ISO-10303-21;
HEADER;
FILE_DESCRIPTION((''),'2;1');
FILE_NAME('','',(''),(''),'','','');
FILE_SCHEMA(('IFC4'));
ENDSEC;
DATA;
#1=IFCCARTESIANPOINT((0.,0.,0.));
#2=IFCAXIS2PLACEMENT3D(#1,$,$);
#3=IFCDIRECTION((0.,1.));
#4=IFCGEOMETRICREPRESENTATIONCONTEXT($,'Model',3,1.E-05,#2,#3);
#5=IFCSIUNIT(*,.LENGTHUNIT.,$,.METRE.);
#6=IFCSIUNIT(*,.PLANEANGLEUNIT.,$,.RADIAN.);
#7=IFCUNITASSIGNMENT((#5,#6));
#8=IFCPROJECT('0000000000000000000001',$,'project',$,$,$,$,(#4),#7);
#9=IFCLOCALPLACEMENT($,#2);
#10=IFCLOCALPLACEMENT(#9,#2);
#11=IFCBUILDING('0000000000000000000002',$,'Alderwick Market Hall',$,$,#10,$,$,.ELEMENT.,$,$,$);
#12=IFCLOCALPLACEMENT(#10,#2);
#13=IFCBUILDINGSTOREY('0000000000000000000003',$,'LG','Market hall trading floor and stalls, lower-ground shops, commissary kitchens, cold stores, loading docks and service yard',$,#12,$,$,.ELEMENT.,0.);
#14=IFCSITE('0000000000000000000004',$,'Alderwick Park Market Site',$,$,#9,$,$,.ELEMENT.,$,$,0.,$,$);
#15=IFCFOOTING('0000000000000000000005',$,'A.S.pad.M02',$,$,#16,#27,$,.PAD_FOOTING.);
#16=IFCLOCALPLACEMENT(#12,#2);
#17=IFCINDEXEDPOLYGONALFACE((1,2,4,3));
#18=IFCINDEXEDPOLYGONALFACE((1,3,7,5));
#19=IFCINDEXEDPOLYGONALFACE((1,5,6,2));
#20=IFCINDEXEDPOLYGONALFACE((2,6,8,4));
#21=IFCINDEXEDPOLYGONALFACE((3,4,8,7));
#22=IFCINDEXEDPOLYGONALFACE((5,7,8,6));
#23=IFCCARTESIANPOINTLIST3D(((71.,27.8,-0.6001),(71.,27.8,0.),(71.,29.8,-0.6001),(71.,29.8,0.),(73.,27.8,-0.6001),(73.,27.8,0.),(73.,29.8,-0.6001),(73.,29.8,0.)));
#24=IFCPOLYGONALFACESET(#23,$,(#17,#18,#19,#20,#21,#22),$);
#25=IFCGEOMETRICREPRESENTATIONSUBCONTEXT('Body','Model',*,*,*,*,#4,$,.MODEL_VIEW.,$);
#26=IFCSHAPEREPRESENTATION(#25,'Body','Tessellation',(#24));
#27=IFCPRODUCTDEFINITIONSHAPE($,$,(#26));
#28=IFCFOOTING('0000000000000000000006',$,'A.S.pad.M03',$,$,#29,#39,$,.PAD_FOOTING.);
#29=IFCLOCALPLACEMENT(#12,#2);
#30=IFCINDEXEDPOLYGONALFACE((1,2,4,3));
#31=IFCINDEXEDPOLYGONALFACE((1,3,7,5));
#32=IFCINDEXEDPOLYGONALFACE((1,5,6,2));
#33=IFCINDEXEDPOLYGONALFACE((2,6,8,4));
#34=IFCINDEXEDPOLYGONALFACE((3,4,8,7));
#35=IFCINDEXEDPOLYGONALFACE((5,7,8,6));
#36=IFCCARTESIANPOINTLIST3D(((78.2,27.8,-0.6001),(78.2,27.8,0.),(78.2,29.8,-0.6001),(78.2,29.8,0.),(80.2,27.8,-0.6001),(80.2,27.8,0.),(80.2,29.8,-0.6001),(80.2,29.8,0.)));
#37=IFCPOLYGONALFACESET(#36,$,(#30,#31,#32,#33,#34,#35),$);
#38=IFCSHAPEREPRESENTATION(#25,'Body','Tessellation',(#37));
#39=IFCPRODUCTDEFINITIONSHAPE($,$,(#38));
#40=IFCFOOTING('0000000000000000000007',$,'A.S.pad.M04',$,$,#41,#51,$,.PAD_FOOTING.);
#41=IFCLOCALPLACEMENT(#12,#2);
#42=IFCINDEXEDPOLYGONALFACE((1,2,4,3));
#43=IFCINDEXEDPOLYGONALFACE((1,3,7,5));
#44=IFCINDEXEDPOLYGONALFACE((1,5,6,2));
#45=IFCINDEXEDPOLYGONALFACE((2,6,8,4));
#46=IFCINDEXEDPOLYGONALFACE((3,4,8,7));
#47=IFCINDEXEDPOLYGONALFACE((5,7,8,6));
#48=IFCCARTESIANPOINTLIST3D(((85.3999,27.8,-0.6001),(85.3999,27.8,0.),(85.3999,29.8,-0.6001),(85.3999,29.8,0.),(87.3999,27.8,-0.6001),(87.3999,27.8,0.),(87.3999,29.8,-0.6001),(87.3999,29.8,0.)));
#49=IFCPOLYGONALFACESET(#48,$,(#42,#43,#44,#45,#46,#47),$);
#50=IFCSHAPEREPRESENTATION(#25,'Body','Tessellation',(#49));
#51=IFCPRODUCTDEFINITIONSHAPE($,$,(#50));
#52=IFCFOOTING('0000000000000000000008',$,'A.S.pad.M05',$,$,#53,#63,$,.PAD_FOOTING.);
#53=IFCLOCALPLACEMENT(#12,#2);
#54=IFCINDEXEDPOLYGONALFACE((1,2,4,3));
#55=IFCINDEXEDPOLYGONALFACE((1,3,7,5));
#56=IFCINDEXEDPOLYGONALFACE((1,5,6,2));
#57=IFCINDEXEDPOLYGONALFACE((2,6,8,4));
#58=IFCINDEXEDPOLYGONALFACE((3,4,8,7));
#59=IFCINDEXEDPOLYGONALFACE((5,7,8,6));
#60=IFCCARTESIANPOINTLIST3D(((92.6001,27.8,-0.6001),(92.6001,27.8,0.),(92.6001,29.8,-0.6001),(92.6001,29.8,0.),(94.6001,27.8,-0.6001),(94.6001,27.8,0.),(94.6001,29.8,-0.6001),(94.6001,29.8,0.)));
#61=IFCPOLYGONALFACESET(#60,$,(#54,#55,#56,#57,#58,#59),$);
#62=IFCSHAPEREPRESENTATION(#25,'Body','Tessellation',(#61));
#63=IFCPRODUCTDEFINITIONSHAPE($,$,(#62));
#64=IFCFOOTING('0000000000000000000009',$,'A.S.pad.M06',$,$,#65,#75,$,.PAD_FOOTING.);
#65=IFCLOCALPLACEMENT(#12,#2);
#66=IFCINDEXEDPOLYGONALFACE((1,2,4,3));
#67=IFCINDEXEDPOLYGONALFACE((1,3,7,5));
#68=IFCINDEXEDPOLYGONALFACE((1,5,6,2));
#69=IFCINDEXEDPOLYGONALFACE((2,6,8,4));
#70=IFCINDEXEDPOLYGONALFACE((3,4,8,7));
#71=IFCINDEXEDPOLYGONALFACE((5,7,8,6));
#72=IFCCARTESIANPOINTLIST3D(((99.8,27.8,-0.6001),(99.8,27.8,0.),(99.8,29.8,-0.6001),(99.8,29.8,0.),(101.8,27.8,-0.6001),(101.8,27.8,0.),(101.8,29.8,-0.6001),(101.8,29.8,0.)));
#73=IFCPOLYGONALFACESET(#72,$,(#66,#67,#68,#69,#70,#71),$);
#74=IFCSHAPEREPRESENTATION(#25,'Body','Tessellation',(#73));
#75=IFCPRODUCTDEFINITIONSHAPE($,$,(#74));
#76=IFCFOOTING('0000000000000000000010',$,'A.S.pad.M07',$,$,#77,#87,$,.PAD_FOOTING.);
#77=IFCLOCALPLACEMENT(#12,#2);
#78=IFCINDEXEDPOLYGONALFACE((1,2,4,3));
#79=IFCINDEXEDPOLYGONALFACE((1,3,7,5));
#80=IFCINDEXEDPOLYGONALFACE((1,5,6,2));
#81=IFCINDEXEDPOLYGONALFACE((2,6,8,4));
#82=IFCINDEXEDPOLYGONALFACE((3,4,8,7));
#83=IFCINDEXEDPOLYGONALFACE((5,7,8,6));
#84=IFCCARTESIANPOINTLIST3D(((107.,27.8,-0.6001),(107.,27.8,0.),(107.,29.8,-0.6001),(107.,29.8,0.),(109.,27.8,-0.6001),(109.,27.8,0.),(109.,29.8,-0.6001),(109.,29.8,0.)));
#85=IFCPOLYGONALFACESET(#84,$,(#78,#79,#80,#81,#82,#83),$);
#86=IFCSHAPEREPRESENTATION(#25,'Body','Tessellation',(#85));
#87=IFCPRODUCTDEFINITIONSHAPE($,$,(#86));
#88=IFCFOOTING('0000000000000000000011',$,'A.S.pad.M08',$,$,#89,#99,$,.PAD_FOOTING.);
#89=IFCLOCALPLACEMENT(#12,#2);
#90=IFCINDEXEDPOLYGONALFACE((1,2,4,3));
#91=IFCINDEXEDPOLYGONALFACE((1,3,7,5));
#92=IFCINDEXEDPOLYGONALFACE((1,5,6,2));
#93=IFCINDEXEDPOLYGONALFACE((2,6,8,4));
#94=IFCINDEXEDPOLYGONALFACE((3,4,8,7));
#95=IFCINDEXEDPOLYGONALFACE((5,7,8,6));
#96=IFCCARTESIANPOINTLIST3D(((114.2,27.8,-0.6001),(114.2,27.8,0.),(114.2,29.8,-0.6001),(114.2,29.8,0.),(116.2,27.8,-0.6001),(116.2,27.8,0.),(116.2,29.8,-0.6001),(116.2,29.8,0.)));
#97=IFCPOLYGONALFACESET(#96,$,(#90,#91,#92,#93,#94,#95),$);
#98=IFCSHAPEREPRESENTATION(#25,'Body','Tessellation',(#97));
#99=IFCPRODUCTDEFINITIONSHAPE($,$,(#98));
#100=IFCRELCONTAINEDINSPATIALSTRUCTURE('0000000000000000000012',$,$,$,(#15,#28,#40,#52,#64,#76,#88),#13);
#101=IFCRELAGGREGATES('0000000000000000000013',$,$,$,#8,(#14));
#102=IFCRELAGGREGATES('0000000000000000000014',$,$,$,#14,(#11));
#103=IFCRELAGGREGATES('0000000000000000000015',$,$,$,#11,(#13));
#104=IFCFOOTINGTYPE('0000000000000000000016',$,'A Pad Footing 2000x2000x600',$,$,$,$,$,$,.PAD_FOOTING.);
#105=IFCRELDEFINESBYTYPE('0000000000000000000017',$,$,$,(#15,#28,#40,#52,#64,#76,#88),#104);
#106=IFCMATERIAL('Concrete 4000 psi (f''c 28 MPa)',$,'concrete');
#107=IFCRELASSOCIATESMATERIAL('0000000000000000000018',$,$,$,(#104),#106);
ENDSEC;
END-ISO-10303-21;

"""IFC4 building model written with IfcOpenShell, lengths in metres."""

from ifc_helpers import new_model, si_unit, direction, frame, origin, place, context, subcontext, project, spatial, polyline, outline, extrude, material, type_object, element, save


model = new_model("IFC4")

# Units and contexts
model_context = context("Model", 3, precision=1e-05, world=origin(), true_north=direction((0.0, 1.0)))
body_context = subcontext(model_context, "Body", "Model", "MODEL_VIEW")
ifc_project = project(units=[si_unit("LENGTHUNIT", "METRE"), si_unit("PLANEANGLEUNIT", "RADIAN")], contexts=[model_context])

# Site, building, storey
site_placement = place(None, origin())
site = spatial("IfcSite", under=ifc_project, at=site_placement, Name="Alderwick Park Market Site", CompositionType="ELEMENT", RefElevation=0.0)
building_placement = place(site_placement, origin())
building = spatial("IfcBuilding", under=site, at=building_placement, Name="Alderwick Market Hall", CompositionType="ELEMENT")
storey_placement = place(building_placement, origin())
storey = spatial("IfcBuildingStorey", under=building, at=storey_placement, Name="LG", Description="Market hall trading floor and stalls, lower-ground shops, commissary kitchens, cold stores, loading docks and service yard", CompositionType="ELEMENT", Elevation=0.0)

# Footings
ifc_material = material(Name="Concrete 4000 psi (f'c 28 MPa)", Category="concrete")
footing_type = type_object("IfcFootingType", Name="A Pad Footing 2000x2000x600", PredefinedType="PAD_FOOTING", material=ifc_material)
footing_1_placement = place(storey_placement, frame((0.0, 0.0, -0.6001)))
element("IfcFooting", 1, at=footing_1_placement, inside=storey, type_object=footing_type, Name="A.S.pad.M02", PredefinedType="PAD_FOOTING", context=body_context, shape_type="SweptSolid", body=[
    extrude(outline(polyline([(71.0, 27.8), (73.0, 27.8), (73.0, 29.8), (71.0, 29.8), (71.0, 27.8)])), origin(), (0.0, 0.0, 1.0), 0.6001),
])
footing_2_placement = place(storey_placement, frame((0.0, 0.0, -0.6001)))
element("IfcFooting", 2, at=footing_2_placement, inside=storey, type_object=footing_type, Name="A.S.pad.M03", PredefinedType="PAD_FOOTING", context=body_context, shape_type="SweptSolid", body=[
    extrude(outline(polyline([(78.2, 27.8), (80.2, 27.8), (80.2, 29.8), (78.2, 29.8), (78.2, 27.8)])), origin(), (0.0, 0.0, 1.0), 0.6001),
])
footing_3_placement = place(storey_placement, frame((0.0, 0.0, -0.6001)))
element("IfcFooting", 3, at=footing_3_placement, inside=storey, type_object=footing_type, Name="A.S.pad.M04", PredefinedType="PAD_FOOTING", context=body_context, shape_type="SweptSolid", body=[
    extrude(outline(polyline([(85.3999, 27.8), (87.3999, 27.8), (87.3999, 29.8), (85.3999, 29.8), (85.3999, 27.8)])), origin(), (0.0, 0.0, 1.0), 0.6001),
])
footing_4_placement = place(storey_placement, frame((0.0, 0.0, -0.6001)))
element("IfcFooting", 4, at=footing_4_placement, inside=storey, type_object=footing_type, Name="A.S.pad.M05", PredefinedType="PAD_FOOTING", context=body_context, shape_type="SweptSolid", body=[
    extrude(outline(polyline([(92.6001, 27.8), (94.6001, 27.8), (94.6001, 29.8), (92.6001, 29.8), (92.6001, 27.8)])), origin(), (0.0, 0.0, 1.0), 0.6001),
])
footing_5_placement = place(storey_placement, frame((0.0, 0.0, -0.6001)))
element("IfcFooting", 5, at=footing_5_placement, inside=storey, type_object=footing_type, Name="A.S.pad.M06", PredefinedType="PAD_FOOTING", context=body_context, shape_type="SweptSolid", body=[
    extrude(outline(polyline([(99.8, 27.8), (101.8, 27.8), (101.8, 29.8), (99.8, 29.8), (99.8, 27.8)])), origin(), (0.0, 0.0, 1.0), 0.6001),
])
footing_6_placement = place(storey_placement, frame((0.0, 0.0, -0.6001)))
element("IfcFooting", 6, at=footing_6_placement, inside=storey, type_object=footing_type, Name="A.S.pad.M07", PredefinedType="PAD_FOOTING", context=body_context, shape_type="SweptSolid", body=[
    extrude(outline(polyline([(107.0, 27.8), (109.0, 27.8), (109.0, 29.8), (107.0, 29.8), (107.0, 27.8)])), origin(), (0.0, 0.0, 1.0), 0.6001),
])
footing_7_placement = place(storey_placement, frame((0.0, 0.0, -0.6001)))
element("IfcFooting", 7, at=footing_7_placement, inside=storey, type_object=footing_type, Name="A.S.pad.M08", PredefinedType="PAD_FOOTING", context=body_context, shape_type="SweptSolid", body=[
    extrude(outline(polyline([(114.2, 27.8), (116.2, 27.8), (116.2, 29.8), (114.2, 29.8), (114.2, 27.8)])), origin(), (0.0, 0.0, 1.0), 0.6001),
])

save(model, "model.ifc")
